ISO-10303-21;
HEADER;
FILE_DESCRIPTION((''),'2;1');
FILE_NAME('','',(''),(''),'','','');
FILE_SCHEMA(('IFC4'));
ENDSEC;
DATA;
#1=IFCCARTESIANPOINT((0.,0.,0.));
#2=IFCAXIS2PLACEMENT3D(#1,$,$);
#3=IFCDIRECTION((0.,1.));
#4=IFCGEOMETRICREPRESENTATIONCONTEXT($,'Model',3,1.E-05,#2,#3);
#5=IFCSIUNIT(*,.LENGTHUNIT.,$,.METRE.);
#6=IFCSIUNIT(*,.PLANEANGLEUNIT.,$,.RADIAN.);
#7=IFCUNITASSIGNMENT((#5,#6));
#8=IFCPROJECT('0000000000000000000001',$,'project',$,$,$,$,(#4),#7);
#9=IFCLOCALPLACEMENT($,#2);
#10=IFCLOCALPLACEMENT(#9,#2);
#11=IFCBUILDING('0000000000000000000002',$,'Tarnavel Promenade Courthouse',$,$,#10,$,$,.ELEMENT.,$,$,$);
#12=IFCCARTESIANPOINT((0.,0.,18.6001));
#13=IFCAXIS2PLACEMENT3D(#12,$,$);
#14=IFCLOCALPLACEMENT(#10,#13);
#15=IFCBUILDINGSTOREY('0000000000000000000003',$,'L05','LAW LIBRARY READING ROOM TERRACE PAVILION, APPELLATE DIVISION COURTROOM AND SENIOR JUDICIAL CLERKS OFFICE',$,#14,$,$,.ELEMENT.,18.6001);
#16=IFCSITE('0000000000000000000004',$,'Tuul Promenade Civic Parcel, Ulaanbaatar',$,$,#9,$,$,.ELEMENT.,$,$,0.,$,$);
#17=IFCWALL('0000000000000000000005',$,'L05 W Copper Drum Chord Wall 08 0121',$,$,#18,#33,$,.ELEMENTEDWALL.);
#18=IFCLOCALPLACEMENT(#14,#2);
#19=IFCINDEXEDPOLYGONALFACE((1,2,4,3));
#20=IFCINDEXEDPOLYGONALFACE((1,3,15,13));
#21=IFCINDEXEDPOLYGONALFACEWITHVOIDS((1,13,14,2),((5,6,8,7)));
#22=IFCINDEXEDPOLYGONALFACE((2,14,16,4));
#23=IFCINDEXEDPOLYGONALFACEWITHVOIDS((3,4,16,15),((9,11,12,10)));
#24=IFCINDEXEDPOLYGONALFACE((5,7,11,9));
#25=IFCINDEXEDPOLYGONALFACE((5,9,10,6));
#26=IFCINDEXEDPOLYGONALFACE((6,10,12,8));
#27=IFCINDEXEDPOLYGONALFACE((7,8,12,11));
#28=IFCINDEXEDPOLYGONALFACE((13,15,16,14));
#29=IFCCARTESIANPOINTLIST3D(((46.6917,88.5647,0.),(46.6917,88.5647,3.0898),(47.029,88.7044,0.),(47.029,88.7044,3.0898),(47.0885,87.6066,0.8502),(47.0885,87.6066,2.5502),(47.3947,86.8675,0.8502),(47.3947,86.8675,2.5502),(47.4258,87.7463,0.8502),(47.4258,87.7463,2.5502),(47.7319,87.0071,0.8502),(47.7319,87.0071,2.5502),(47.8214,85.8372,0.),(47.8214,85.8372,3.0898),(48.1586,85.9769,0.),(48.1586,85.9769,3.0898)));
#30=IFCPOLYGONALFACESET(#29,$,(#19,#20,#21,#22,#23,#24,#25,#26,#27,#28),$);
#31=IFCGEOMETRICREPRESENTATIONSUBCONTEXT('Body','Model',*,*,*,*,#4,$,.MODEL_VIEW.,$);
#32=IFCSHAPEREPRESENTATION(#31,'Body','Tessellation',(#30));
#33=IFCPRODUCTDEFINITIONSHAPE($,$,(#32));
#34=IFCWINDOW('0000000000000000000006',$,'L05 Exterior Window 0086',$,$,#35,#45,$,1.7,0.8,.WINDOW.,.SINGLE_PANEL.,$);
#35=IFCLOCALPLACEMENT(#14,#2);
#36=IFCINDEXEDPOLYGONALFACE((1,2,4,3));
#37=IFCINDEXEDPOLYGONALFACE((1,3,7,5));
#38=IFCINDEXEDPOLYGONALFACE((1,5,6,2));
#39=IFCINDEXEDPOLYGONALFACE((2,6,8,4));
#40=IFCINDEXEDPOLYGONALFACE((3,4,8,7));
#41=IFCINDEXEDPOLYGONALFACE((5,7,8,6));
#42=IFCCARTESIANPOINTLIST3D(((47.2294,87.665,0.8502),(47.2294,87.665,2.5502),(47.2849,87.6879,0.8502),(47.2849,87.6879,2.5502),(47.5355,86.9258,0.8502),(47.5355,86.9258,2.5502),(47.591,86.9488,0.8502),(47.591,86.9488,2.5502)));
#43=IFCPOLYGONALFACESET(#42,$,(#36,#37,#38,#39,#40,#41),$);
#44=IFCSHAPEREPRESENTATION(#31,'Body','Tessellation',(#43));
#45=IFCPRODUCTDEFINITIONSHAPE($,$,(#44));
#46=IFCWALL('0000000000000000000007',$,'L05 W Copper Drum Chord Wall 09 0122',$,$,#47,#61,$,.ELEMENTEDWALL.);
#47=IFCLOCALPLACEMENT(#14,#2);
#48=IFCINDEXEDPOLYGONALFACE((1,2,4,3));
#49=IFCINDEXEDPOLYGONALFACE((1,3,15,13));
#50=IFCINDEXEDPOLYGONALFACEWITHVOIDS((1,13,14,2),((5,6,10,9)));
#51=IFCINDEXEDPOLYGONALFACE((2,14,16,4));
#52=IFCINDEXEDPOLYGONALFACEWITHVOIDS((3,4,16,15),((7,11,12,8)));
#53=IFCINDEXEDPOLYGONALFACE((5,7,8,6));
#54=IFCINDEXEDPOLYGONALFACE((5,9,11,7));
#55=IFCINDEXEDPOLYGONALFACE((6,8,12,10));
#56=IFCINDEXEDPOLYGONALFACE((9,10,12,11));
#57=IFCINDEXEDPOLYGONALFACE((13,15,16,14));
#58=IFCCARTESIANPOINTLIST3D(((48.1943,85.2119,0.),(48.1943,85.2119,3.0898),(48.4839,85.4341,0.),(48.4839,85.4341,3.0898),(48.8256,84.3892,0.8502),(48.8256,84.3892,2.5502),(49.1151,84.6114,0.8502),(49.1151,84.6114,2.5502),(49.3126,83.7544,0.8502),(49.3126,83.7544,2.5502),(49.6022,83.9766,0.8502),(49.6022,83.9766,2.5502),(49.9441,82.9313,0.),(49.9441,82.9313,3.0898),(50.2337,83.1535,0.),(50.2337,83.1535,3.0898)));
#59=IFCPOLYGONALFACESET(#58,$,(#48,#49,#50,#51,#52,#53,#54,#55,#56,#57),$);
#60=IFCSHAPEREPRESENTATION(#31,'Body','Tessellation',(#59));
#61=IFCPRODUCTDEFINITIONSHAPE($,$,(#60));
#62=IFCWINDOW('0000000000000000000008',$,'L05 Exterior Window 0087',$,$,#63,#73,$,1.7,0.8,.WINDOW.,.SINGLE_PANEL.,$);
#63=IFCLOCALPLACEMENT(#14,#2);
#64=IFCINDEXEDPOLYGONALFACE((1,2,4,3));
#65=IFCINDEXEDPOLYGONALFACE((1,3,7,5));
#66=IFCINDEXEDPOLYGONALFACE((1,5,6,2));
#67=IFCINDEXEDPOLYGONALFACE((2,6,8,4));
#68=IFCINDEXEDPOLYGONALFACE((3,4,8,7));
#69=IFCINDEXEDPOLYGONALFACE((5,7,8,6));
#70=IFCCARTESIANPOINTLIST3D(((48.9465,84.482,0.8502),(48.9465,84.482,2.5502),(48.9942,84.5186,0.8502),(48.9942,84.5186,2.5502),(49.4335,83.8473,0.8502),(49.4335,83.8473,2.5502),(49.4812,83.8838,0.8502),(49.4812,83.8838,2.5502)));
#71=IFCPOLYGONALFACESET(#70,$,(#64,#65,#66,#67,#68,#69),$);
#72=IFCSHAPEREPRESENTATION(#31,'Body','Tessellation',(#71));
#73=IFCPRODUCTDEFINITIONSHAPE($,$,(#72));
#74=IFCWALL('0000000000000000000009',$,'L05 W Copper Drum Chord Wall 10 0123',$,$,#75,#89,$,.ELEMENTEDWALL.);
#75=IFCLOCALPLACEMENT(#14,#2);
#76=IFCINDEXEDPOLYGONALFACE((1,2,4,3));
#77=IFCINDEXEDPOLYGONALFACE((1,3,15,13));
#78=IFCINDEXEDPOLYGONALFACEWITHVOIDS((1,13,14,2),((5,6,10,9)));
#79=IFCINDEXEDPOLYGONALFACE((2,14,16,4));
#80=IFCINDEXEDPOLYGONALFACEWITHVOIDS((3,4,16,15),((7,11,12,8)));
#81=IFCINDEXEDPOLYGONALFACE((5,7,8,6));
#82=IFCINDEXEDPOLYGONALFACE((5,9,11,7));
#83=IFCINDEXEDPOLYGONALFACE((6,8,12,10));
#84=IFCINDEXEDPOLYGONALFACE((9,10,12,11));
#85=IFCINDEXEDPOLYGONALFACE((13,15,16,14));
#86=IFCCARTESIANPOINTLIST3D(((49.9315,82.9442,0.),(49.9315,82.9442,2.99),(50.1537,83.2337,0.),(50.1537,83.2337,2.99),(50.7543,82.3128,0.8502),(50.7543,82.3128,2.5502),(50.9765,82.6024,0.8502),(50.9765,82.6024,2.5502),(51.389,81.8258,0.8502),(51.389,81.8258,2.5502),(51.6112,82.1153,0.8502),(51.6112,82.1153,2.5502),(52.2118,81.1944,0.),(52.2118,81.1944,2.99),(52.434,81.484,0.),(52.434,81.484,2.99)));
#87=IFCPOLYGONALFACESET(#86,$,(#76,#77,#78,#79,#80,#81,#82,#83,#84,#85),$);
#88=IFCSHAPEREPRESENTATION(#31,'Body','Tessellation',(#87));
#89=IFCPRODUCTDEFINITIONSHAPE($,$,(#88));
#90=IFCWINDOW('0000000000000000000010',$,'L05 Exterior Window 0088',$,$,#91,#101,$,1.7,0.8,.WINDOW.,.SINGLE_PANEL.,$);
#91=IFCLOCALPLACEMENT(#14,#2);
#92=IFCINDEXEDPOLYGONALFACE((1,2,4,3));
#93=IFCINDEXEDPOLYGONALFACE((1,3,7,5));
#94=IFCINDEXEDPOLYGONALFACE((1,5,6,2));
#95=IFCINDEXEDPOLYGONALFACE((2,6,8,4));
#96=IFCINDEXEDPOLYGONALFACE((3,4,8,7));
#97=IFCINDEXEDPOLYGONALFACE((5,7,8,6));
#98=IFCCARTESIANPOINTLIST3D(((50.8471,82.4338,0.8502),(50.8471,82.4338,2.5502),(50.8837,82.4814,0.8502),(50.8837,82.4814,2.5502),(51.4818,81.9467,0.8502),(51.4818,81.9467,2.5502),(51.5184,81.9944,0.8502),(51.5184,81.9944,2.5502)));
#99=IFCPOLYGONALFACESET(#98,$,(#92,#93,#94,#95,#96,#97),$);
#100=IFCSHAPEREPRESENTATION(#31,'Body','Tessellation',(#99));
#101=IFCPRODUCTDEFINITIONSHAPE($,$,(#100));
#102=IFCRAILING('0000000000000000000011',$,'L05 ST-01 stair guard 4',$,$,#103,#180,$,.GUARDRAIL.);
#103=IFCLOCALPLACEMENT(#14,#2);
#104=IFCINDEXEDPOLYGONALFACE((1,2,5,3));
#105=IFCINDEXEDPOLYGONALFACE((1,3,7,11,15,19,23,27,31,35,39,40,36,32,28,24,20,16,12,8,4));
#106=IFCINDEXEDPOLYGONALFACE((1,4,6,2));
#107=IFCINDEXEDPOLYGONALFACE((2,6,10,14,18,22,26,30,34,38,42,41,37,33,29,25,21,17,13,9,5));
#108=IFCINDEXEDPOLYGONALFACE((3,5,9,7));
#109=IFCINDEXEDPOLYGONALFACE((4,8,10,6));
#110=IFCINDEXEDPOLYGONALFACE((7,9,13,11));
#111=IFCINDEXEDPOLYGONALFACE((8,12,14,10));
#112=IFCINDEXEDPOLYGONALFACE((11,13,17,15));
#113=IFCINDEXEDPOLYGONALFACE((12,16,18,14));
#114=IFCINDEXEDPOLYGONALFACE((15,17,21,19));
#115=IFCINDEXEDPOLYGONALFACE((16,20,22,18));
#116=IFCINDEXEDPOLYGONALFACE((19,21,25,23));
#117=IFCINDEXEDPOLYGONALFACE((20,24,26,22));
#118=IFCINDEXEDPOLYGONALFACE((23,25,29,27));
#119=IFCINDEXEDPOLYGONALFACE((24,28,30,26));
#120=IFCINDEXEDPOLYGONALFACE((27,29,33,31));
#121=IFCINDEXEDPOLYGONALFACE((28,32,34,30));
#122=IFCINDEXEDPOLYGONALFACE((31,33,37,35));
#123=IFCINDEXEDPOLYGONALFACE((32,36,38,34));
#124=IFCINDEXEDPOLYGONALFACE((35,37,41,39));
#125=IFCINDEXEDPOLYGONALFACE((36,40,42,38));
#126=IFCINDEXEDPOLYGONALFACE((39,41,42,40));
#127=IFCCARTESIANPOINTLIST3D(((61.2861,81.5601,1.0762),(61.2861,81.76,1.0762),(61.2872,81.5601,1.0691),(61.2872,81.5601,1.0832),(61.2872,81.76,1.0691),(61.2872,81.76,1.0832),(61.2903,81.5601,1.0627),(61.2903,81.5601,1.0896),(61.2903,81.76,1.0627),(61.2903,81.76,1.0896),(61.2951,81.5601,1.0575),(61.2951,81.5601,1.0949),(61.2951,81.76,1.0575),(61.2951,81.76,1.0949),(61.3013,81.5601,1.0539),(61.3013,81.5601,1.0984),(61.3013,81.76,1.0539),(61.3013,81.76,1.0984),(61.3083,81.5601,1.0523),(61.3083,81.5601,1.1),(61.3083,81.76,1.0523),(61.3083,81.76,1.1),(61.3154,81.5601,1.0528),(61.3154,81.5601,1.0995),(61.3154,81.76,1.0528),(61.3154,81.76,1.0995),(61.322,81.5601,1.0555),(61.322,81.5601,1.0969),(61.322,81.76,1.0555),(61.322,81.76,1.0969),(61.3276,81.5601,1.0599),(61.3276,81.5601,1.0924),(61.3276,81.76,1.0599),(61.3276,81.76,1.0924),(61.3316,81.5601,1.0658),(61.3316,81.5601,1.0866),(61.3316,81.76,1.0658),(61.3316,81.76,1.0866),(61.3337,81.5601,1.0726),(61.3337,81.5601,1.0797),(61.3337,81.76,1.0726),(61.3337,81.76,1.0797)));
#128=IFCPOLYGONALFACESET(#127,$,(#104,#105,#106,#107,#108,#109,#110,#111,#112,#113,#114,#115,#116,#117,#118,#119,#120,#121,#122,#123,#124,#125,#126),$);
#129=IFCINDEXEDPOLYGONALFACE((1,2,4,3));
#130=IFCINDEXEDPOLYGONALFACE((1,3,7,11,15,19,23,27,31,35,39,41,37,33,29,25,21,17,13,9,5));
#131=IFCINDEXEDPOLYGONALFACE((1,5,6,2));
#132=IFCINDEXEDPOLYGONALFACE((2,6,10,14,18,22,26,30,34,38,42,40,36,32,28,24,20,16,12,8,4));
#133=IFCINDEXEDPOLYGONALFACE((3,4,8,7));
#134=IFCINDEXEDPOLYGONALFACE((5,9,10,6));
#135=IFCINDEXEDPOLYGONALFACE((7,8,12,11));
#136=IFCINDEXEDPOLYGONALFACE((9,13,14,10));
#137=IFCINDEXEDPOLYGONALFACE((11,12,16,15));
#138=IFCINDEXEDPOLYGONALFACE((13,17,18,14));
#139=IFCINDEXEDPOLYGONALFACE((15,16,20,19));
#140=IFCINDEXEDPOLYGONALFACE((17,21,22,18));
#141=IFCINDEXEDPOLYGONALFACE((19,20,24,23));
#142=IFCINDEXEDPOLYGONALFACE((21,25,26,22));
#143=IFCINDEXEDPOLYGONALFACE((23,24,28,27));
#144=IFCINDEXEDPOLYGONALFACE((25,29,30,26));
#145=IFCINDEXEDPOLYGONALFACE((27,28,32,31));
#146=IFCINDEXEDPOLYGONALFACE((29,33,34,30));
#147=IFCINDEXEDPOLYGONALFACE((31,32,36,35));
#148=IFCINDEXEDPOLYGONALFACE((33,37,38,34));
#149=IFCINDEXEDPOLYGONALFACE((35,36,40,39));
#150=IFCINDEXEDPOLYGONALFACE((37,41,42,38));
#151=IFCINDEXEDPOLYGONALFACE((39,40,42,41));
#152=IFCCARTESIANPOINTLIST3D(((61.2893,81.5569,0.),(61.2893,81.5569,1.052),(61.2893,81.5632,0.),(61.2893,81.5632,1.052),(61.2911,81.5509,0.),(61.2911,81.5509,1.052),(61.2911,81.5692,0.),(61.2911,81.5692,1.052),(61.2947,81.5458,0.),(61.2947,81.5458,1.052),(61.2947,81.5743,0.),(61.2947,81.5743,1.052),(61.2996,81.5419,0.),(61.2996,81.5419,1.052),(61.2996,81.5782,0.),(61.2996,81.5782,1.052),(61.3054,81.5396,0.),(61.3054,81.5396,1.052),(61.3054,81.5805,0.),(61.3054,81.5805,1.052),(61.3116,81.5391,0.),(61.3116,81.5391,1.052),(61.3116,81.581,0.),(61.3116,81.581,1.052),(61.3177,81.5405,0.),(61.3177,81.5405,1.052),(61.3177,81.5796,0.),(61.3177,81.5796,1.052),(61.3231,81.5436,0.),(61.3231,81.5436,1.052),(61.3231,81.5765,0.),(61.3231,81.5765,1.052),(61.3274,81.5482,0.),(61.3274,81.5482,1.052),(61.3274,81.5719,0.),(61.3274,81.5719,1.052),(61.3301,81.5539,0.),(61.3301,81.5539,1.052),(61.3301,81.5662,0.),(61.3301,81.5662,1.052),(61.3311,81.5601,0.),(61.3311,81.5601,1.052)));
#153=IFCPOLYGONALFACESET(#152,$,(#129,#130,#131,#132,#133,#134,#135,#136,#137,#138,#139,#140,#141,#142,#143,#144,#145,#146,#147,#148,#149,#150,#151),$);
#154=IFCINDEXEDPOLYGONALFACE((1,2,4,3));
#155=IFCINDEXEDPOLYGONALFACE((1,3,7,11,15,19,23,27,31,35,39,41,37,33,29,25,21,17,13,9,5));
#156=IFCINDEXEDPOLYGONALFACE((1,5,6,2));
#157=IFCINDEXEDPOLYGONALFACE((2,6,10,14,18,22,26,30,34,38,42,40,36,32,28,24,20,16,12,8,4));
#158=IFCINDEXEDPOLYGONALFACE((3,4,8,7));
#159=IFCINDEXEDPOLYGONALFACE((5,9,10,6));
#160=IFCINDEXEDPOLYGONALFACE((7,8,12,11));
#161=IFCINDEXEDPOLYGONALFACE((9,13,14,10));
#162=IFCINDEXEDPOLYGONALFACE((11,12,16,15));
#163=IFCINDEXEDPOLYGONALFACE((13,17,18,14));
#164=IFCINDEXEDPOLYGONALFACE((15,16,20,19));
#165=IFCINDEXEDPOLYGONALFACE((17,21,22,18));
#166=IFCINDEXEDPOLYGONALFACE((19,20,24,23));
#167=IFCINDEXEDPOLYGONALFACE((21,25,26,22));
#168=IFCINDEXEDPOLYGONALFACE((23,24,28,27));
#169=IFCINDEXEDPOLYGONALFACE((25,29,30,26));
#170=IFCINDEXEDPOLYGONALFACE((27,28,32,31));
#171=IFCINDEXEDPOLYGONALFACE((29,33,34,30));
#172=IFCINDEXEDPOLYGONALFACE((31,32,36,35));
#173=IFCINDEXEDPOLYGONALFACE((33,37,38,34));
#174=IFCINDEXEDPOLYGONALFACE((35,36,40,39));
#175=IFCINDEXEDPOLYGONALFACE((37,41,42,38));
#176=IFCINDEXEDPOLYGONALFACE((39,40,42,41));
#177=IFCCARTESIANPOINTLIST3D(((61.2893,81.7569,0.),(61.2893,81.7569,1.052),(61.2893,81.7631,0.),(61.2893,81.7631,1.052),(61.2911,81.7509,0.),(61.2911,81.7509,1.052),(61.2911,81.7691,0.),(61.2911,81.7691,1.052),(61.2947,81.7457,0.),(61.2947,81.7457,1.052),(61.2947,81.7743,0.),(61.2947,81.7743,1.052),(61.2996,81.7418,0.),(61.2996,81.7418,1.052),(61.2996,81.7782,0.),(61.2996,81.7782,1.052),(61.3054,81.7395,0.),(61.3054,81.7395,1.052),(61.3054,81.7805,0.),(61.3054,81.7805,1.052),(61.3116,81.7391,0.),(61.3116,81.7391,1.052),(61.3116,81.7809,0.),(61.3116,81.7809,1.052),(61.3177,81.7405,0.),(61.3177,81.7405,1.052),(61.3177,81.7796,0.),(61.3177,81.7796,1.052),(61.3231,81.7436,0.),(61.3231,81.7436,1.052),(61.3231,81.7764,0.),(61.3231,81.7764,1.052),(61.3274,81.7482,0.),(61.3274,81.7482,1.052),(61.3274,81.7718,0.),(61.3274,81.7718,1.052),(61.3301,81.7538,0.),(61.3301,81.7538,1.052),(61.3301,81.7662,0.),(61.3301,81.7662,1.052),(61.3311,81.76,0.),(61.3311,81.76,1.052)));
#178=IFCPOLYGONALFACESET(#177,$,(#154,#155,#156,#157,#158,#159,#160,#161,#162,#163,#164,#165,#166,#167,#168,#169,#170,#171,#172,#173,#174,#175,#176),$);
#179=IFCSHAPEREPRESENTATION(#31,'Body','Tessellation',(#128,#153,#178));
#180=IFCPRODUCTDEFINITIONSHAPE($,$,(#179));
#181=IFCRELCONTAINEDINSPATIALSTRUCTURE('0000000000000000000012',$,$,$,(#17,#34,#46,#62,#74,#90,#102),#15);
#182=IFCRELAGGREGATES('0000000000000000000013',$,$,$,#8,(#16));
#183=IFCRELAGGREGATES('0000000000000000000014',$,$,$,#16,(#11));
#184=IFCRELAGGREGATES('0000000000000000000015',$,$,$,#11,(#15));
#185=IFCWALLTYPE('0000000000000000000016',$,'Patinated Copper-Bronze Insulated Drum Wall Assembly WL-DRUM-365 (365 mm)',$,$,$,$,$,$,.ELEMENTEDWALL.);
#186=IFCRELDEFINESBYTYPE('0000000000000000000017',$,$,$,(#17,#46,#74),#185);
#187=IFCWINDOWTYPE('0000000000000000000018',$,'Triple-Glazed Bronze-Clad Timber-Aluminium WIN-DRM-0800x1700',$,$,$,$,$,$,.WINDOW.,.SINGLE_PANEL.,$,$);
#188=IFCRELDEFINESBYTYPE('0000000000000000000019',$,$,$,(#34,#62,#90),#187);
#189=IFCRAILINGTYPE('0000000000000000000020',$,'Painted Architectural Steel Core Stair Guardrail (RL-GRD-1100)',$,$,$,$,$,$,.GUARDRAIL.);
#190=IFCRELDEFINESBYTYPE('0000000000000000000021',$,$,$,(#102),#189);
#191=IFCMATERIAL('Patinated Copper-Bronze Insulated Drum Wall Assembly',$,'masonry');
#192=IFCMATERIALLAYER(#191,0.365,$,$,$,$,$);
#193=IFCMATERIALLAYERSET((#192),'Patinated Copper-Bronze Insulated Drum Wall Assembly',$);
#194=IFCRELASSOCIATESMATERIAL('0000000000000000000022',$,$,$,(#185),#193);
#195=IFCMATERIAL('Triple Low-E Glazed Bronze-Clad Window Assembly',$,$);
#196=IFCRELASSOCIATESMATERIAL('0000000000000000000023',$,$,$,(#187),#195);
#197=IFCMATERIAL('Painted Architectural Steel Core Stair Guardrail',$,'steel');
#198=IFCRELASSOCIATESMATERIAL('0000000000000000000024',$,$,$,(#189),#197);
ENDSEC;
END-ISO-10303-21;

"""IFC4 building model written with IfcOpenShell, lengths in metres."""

from ifc_helpers import new_model, si_unit, direction, frame, frame_2d, origin, origin_2d, place, context, subcontext, project, spatial, rectangle, circle, extrude, material, layer, layer_set, type_object, element, fill, save


model = new_model("IFC4")

# Units and contexts
model_context = context("Model", 3, precision=1e-05, world=origin(), true_north=direction((0.0, 1.0)))
body_context = subcontext(model_context, "Body", "Model", "MODEL_VIEW")
ifc_project = project(units=[si_unit("LENGTHUNIT", "METRE"), si_unit("PLANEANGLEUNIT", "RADIAN")], contexts=[model_context])

# Site, building, storey
site_placement = place(None, origin())
site = spatial("IfcSite", under=ifc_project, at=site_placement, Name="Tuul Promenade Civic Parcel, Ulaanbaatar", CompositionType="ELEMENT", RefElevation=0.0)
building_placement = place(site_placement, origin())
building = spatial("IfcBuilding", under=site, at=building_placement, Name="Tarnavel Promenade Courthouse", CompositionType="ELEMENT")
storey_placement = place(building_placement, frame((0.0, 0.0, 18.6001)))
storey = spatial("IfcBuildingStorey", under=building, at=storey_placement, Name="L05", Description="LAW LIBRARY READING ROOM TERRACE PAVILION, APPELLATE DIVISION COURTROOM AND SENIOR JUDICIAL CLERKS OFFICE", CompositionType="ELEMENT", Elevation=18.6001)

# Walls, openings, windows
ifc_material_1 = material(Name="Patinated Copper-Bronze Insulated Drum Wall Assembly", Category="masonry")
ifc_layer_1 = layer(ifc_material_1, 0.365)
ifc_layer_set_1 = layer_set([ifc_layer_1], Name="Patinated Copper-Bronze Insulated Drum Wall Assembly")
wall_type_1 = type_object("IfcWallType", Name="Patinated Copper-Bronze Insulated Drum Wall Assembly WL-DRUM-365 (365 mm)", PredefinedType="ELEMENTEDWALL", material=ifc_layer_set_1)
wall_1_placement = place(storey_placement, frame((46.8604, 88.6345, 0.0), z_axis=(0.0, 0.0, 1.0), x_axis=(0.382642, -0.923897, 0.0)))
wall_1 = element("IfcWall", 1, at=wall_1_placement, inside=storey, type_object=wall_type_1, Name="L05 W Copper Drum Chord Wall 08 0121", PredefinedType="ELEMENTEDWALL", context=body_context, shape_type="SweptSolid", body=[
    extrude(rectangle(XDim=2.9521, YDim=0.365, at=frame_2d((1.4761, 0.0))), origin(), (0.0, 0.0, 1.0), 3.0898),
])
opening_1_placement = place(wall_1_placement, frame((1.0371, 0.0, 0.8501)))
opening_1 = element("IfcOpeningElement", 2, at=opening_1_placement, cuts=wall_1, PredefinedType="OPENING", context=body_context, shape_type="SweptSolid", body=[
    extrude(rectangle(XDim=0.8, YDim=1.7, at=frame_2d((0.3999, 0.8501))), frame((0.0, 0.1924, 0.0), z_axis=(0.0, -1.0, 0.0), x_axis=(1.0, 0.0, 0.0)), (0.0, 0.0, 1.0), 0.385),
])
ifc_material_2 = material(Name="Triple Low-E Glazed Bronze-Clad Window Assembly")
window_type = type_object("IfcWindowType", Name="Triple-Glazed Bronze-Clad Timber-Aluminium WIN-DRM-0800x1700", PartitioningType="SINGLE_PANEL", PredefinedType="WINDOW", material=ifc_material_2)
window_1_placement = place(opening_1_placement, origin())
window_1 = element("IfcWindow", 3, at=window_1_placement, inside=storey, type_object=window_type, Name="L05 Exterior Window 0086", OverallHeight=1.7, OverallWidth=0.8, PartitioningType="SINGLE_PANEL", PredefinedType="WINDOW", context=body_context, shape_type="SweptSolid", body=[
    extrude(rectangle(XDim=0.8, YDim=1.7, at=frame_2d((0.3999, 0.8501))), frame((0.0, 0.03, 0.0), z_axis=(0.0, -1.0, 0.0), x_axis=(1.0, 0.0, 0.0)), (0.0, 0.0, 1.0), 0.0601),
])
fill(opening_1, window_1)
wall_2_placement = place(storey_placement, frame((48.3391, 85.323, 0.0), z_axis=(0.0, 0.0, 1.0), x_axis=(0.608729, -0.793378, 0.0)))
wall_2 = element("IfcWall", 4, at=wall_2_placement, inside=storey, type_object=wall_type_1, Name="L05 W Copper Drum Chord Wall 09 0122", PredefinedType="ELEMENTEDWALL", context=body_context, shape_type="SweptSolid", body=[
    extrude(rectangle(XDim=2.8745, YDim=0.365, at=frame_2d((1.4373, 0.0))), origin(), (0.0, 0.0, 1.0), 3.0898),
])
opening_2_placement = place(wall_2_placement, frame((1.0371, 0.0, 0.8501)))
opening_2 = element("IfcOpeningElement", 5, at=opening_2_placement, cuts=wall_2, PredefinedType="OPENING", context=body_context, shape_type="SweptSolid", body=[
    extrude(rectangle(XDim=0.8, YDim=1.7, at=frame_2d((0.3999, 0.8501))), frame((0.0, 0.1924, 0.0), z_axis=(0.0, -1.0, 0.0), x_axis=(1.0, 0.0, 0.0)), (0.0, 0.0, 1.0), 0.385),
])
window_2_placement = place(opening_2_placement, origin())
window_2 = element("IfcWindow", 6, at=window_2_placement, inside=storey, type_object=window_type, Name="L05 Exterior Window 0087", OverallHeight=1.7, OverallWidth=0.8, PartitioningType="SINGLE_PANEL", PredefinedType="WINDOW", context=body_context, shape_type="SweptSolid", body=[
    extrude(rectangle(XDim=0.8, YDim=1.7, at=frame_2d((0.3999, 0.8501))), frame((0.0, 0.03, 0.0), z_axis=(0.0, -1.0, 0.0), x_axis=(1.0, 0.0, 0.0)), (0.0, 0.0, 1.0), 0.0601),
])
fill(opening_2, window_2)
wall_3_placement = place(storey_placement, frame((50.0427, 83.0889, 0.0), z_axis=(0.0, 0.0, 1.0), x_axis=(0.793347, -0.60877, 0.0)))
wall_3 = element("IfcWall", 7, at=wall_3_placement, inside=storey, type_object=wall_type_1, Name="L05 W Copper Drum Chord Wall 10 0123", PredefinedType="ELEMENTEDWALL", context=body_context, shape_type="SweptSolid", body=[
    extrude(rectangle(XDim=2.8743, YDim=0.365, at=frame_2d((1.437, 0.0))), origin(), (0.0, 0.0, 1.0), 2.99),
])
opening_3_placement = place(wall_3_placement, frame((1.0371, 0.0, 0.8501)))
opening_3 = element("IfcOpeningElement", 8, at=opening_3_placement, cuts=wall_3, PredefinedType="OPENING", context=body_context, shape_type="SweptSolid", body=[
    extrude(rectangle(XDim=0.8, YDim=1.7, at=frame_2d((0.3999, 0.8501))), frame((0.0, 0.1924, 0.0), z_axis=(0.0, -1.0, 0.0), x_axis=(1.0, 0.0, 0.0)), (0.0, 0.0, 1.0), 0.385),
])
window_3_placement = place(opening_3_placement, origin())
window_3 = element("IfcWindow", 9, at=window_3_placement, inside=storey, type_object=window_type, Name="L05 Exterior Window 0088", OverallHeight=1.7, OverallWidth=0.8, PartitioningType="SINGLE_PANEL", PredefinedType="WINDOW", context=body_context, shape_type="SweptSolid", body=[
    extrude(rectangle(XDim=0.8, YDim=1.7, at=frame_2d((0.3999, 0.8501))), frame((0.0, 0.03, 0.0), z_axis=(0.0, -1.0, 0.0), x_axis=(1.0, 0.0, 0.0)), (0.0, 0.0, 1.0), 0.0601),
])
fill(opening_3, window_3)

# Railing
ifc_material_3 = material(Name="Painted Architectural Steel Core Stair Guardrail", Category="steel")
railing_type = type_object("IfcRailingType", Name="Painted Architectural Steel Core Stair Guardrail (RL-GRD-1100)", PredefinedType="GUARDRAIL", material=ifc_material_3)
railing_placement = place(storey_placement, frame((61.3101, 81.5601, 0.0)))
element("IfcRailing", 10, at=railing_placement, inside=storey, type_object=railing_type, Name="L05 ST-01 stair guard 4", PredefinedType="GUARDRAIL", context=body_context, shape_type="SweptSolid", body=[
    extrude(circle(Radius=0.0239, at=origin_2d()), frame((0.0, 0.0, 1.0762), z_axis=(0.0, 1.0, 0.0), x_axis=(-1.0, 0.0, 0.0)), (0.0, 0.0, 1.0), 0.2),
    extrude(circle(Radius=0.021, at=origin_2d()), origin(), (0.0, 0.0, 1.0), 1.052),
    extrude(circle(Radius=0.021, at=origin_2d()), frame((0.0, 0.2, 0.0)), (0.0, 0.0, 1.0), 1.052),
])

save(model, "model.ifc")
